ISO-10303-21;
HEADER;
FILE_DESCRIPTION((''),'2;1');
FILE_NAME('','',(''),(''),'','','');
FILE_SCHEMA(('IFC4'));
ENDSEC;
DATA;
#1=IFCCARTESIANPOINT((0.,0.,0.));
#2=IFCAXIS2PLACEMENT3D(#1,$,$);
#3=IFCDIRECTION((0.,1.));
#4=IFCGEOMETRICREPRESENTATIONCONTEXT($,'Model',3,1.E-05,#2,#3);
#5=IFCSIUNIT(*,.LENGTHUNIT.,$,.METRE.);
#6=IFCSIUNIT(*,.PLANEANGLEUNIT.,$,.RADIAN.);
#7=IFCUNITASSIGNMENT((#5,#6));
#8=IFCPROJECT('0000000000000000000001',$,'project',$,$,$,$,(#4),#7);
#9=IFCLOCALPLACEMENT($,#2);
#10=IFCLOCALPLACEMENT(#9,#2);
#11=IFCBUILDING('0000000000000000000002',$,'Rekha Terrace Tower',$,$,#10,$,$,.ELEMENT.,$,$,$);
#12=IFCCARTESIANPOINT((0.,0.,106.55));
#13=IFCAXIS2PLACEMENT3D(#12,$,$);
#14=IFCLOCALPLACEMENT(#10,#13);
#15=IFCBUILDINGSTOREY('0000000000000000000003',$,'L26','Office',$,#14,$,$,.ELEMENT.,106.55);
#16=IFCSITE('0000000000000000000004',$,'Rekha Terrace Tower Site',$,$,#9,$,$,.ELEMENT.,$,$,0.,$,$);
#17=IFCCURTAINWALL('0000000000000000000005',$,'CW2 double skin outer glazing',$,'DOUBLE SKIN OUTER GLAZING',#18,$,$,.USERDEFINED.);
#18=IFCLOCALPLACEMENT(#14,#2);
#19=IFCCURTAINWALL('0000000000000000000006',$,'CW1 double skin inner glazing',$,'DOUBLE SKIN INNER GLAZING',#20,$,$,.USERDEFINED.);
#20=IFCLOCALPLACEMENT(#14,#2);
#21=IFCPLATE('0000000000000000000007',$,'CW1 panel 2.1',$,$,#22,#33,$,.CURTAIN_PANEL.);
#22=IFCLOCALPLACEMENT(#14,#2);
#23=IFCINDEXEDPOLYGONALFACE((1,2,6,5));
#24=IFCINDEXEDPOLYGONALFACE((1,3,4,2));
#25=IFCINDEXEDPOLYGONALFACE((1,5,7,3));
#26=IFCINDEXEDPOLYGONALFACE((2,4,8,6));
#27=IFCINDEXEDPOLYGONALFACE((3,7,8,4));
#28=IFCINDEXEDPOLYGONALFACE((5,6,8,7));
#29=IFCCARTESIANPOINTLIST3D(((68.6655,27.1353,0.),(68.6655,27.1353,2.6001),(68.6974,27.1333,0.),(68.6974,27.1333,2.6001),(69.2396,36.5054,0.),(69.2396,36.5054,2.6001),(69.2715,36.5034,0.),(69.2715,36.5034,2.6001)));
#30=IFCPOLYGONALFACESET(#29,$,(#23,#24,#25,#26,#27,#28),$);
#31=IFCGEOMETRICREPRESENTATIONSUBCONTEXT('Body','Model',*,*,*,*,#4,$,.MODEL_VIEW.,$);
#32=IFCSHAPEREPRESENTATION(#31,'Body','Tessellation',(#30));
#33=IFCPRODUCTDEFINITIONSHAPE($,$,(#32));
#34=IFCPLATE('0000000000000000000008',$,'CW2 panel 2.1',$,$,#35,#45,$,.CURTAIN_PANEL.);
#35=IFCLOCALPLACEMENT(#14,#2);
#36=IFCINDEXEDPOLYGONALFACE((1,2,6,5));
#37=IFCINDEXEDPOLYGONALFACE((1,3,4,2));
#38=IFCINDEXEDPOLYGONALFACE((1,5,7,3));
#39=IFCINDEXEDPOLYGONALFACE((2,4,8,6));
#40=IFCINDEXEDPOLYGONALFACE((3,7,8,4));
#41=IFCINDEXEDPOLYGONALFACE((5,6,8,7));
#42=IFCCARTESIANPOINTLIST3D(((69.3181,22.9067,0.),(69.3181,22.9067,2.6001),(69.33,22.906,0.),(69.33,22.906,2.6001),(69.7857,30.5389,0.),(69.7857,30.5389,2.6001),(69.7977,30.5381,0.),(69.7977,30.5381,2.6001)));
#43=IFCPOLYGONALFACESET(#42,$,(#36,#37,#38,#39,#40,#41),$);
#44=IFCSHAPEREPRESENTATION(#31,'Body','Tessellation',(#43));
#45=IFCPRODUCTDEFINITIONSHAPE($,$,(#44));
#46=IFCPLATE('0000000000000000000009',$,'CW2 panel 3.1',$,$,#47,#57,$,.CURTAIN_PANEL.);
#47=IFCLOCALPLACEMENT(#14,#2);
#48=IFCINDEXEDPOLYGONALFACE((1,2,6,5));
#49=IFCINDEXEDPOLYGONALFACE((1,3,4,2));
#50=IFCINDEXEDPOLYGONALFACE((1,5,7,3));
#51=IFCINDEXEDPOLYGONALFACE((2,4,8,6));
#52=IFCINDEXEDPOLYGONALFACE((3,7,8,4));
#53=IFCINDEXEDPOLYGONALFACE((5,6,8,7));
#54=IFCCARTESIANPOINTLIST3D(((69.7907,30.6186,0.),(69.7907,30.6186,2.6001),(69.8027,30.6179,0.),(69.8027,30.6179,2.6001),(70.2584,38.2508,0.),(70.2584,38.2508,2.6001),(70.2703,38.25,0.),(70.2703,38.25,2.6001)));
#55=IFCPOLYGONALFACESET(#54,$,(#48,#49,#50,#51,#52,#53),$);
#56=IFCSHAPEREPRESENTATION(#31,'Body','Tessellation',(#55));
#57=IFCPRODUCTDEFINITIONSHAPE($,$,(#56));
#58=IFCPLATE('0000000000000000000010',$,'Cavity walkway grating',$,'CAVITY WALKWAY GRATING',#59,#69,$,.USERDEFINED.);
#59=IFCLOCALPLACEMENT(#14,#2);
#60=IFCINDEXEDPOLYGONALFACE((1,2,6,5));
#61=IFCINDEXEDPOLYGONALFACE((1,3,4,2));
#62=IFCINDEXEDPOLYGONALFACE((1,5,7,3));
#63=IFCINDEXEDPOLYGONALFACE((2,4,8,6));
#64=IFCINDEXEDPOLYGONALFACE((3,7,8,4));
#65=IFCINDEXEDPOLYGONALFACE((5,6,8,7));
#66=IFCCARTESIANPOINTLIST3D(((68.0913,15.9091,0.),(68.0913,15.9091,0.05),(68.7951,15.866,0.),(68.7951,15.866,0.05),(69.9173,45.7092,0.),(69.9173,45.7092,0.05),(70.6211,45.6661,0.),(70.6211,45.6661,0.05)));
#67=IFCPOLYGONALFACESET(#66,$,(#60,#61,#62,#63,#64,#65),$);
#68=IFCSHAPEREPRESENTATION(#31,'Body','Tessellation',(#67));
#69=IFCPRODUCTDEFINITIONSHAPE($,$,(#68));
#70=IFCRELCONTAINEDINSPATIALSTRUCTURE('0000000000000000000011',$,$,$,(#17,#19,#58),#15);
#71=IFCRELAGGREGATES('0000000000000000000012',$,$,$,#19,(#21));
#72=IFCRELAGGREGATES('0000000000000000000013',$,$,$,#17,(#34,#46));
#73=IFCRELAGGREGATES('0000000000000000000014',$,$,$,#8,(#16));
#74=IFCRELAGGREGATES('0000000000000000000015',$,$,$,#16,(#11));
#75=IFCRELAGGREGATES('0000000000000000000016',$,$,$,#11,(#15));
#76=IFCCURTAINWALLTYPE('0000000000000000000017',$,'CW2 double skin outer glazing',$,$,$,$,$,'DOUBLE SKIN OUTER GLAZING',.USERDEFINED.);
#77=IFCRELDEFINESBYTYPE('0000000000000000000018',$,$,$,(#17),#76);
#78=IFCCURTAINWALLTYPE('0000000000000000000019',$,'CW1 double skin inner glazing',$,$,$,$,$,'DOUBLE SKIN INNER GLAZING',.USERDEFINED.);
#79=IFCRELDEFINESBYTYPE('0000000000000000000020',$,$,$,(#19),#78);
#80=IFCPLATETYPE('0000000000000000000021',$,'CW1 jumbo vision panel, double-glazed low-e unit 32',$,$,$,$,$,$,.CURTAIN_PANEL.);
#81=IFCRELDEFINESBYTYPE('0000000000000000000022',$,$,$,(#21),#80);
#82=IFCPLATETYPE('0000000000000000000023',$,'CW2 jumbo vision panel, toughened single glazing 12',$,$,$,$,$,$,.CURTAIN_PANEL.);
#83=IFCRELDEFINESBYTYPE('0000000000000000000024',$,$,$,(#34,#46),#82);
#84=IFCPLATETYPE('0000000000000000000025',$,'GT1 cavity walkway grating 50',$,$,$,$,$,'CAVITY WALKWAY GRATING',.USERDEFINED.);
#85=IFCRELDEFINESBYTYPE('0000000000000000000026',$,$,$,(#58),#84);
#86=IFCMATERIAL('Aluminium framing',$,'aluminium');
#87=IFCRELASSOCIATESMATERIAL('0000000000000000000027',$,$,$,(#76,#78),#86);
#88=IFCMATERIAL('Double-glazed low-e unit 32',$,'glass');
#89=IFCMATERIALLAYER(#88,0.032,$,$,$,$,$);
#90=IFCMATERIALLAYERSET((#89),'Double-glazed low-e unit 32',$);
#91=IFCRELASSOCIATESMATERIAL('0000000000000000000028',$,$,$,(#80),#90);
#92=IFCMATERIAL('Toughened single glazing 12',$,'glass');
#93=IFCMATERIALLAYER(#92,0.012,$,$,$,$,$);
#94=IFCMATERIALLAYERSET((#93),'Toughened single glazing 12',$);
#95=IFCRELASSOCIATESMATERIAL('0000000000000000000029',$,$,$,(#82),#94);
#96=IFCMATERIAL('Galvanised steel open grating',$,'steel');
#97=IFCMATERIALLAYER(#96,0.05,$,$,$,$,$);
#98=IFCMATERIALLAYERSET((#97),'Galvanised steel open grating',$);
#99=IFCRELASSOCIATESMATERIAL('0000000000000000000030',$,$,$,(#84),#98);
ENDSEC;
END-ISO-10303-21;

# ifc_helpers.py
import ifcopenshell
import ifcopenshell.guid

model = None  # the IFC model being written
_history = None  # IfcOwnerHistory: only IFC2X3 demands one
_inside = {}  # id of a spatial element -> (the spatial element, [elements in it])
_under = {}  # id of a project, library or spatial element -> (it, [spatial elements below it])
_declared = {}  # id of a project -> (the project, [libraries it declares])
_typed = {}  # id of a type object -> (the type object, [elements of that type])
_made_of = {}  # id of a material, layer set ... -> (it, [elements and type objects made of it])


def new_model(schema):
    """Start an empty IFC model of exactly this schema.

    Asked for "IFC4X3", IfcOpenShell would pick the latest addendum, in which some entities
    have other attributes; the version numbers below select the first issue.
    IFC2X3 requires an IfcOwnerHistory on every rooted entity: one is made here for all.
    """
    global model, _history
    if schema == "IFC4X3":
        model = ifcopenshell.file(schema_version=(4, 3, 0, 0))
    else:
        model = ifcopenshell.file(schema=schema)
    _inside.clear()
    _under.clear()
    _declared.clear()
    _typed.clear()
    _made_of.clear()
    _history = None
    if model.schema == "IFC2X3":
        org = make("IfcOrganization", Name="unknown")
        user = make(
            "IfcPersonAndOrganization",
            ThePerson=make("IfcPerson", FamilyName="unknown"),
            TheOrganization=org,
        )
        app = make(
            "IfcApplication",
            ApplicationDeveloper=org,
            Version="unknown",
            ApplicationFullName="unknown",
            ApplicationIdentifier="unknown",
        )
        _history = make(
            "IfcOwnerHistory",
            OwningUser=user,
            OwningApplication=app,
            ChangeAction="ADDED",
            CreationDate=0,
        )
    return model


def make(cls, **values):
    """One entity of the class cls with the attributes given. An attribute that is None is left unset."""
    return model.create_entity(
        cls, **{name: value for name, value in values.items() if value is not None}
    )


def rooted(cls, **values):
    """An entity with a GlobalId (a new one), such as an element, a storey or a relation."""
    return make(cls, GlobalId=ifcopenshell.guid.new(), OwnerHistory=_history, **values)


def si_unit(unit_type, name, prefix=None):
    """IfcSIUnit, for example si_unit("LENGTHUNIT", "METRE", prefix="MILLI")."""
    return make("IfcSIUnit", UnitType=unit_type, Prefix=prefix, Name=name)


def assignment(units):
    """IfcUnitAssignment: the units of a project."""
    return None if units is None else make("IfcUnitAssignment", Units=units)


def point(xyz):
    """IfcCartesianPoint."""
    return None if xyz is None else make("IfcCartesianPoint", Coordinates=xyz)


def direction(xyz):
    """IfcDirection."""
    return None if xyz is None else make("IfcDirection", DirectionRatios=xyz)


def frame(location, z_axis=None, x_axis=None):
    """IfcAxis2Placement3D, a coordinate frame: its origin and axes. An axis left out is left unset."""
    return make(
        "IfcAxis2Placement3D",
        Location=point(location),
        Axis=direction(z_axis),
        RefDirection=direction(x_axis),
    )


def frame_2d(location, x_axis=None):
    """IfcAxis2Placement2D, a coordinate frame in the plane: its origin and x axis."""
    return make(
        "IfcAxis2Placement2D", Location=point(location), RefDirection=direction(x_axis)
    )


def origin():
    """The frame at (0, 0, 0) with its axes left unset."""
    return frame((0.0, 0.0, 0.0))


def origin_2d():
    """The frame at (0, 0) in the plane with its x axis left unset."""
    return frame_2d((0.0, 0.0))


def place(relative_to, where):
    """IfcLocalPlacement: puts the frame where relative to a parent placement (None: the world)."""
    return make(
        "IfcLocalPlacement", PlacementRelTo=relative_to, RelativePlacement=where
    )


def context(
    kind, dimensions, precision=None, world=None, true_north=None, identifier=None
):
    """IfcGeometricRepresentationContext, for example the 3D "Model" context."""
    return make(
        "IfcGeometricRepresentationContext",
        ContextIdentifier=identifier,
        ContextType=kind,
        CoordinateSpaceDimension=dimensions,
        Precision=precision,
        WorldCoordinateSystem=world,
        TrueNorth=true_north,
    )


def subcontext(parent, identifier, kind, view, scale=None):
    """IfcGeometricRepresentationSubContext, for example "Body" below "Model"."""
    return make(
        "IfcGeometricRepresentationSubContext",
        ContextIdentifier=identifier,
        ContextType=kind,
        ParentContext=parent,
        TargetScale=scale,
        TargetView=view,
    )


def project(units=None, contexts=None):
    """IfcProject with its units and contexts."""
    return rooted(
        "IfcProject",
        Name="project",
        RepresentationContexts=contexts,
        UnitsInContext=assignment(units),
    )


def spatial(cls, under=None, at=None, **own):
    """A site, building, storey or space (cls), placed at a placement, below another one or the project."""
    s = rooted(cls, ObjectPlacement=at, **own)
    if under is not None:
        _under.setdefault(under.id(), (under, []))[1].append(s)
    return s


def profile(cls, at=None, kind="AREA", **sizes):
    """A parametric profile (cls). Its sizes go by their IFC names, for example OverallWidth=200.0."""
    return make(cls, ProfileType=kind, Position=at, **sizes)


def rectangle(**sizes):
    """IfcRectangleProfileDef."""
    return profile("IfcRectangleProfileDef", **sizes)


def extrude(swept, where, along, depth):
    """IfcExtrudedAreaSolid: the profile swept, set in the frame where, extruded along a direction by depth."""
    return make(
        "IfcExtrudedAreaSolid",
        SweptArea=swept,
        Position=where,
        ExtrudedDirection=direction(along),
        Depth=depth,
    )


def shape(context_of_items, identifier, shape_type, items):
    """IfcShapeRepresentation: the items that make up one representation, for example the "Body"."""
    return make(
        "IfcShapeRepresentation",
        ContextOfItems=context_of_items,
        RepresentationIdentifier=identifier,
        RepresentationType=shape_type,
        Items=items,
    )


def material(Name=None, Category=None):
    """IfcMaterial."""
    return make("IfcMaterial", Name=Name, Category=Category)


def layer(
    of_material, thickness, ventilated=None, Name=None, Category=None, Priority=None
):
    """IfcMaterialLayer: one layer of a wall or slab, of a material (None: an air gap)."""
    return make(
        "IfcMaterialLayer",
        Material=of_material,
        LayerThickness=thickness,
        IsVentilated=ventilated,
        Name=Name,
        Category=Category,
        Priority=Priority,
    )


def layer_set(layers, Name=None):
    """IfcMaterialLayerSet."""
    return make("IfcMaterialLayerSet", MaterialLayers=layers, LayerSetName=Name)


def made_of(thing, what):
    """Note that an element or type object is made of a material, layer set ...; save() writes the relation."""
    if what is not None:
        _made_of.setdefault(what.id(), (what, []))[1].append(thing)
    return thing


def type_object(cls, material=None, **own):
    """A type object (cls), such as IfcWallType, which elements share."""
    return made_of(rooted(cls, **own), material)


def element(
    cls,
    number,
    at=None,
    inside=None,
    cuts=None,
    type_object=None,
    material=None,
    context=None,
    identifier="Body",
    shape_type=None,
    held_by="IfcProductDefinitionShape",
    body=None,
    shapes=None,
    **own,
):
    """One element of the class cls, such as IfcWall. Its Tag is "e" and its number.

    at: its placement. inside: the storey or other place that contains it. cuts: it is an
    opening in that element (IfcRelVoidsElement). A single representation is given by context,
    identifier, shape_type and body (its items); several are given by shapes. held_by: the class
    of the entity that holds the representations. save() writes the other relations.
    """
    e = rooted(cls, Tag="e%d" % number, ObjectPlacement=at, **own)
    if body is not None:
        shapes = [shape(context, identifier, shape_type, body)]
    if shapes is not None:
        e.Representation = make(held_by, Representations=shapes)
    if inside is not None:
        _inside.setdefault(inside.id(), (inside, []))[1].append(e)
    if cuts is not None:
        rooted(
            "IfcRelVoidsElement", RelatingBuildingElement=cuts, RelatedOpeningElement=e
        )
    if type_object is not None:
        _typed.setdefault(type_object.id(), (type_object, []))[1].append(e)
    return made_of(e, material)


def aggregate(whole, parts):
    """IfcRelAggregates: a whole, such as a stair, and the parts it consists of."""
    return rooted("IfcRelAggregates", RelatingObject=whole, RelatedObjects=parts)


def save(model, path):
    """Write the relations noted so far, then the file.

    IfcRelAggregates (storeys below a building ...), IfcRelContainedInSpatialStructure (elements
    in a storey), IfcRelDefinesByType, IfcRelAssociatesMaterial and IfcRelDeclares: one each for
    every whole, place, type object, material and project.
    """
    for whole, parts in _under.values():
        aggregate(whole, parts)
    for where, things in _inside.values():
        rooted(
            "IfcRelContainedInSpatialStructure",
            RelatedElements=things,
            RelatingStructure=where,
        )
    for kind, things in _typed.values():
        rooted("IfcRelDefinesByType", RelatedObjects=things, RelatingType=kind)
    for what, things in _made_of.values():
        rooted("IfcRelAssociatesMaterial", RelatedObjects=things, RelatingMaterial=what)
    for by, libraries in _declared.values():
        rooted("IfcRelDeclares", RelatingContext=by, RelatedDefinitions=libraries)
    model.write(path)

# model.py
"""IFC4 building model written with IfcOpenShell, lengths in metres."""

from ifc_helpers import new_model, si_unit, direction, frame, origin, origin_2d, place, context, subcontext, project, spatial, rectangle, extrude, material, layer, layer_set, type_object, element, aggregate, save


model = new_model("IFC4")

# Units and contexts
model_context = context("Model", 3, precision=1e-05, world=origin(), true_north=direction((0.0, 1.0)))
body_context = subcontext(model_context, "Body", "Model", "MODEL_VIEW")
ifc_project = project(units=[si_unit("LENGTHUNIT", "METRE"), si_unit("PLANEANGLEUNIT", "RADIAN")], contexts=[model_context])

# Site, building, storey
site_placement = place(None, origin())
site = spatial("IfcSite", under=ifc_project, at=site_placement, Name="Rekha Terrace Tower Site", CompositionType="ELEMENT", RefElevation=0.0)
building_placement = place(site_placement, origin())
building = spatial("IfcBuilding", under=site, at=building_placement, Name="Rekha Terrace Tower", CompositionType="ELEMENT")
storey_placement = place(building_placement, frame((0.0, 0.0, 106.55)))
storey = spatial("IfcBuildingStorey", under=building, at=storey_placement, Name="L26", Description="Office", CompositionType="ELEMENT", Elevation=106.55)

# Curtain walls
ifc_material_1 = material(Name="Aluminium framing", Category="aluminium")
curtain_wall_type_1 = type_object("IfcCurtainWallType", Name="CW2 double skin outer glazing", ElementType="DOUBLE SKIN OUTER GLAZING", PredefinedType="USERDEFINED", material=ifc_material_1)
curtain_wall_1_placement = place(storey_placement, origin())
curtain_wall_1 = element("IfcCurtainWall", 1, at=curtain_wall_1_placement, inside=storey, type_object=curtain_wall_type_1, Name="CW2 double skin outer glazing", ObjectType="DOUBLE SKIN OUTER GLAZING", PredefinedType="USERDEFINED")
curtain_wall_type_2 = type_object("IfcCurtainWallType", Name="CW1 double skin inner glazing", ElementType="DOUBLE SKIN INNER GLAZING", PredefinedType="USERDEFINED", material=ifc_material_1)
curtain_wall_2_placement = place(storey_placement, origin())
curtain_wall_2 = element("IfcCurtainWall", 2, at=curtain_wall_2_placement, inside=storey, type_object=curtain_wall_type_2, Name="CW1 double skin inner glazing", ObjectType="DOUBLE SKIN INNER GLAZING", PredefinedType="USERDEFINED")

# Plates
ifc_material_2 = material(Name="Double-glazed low-e unit 32", Category="glass")
ifc_layer_1 = layer(ifc_material_2, 0.032)
ifc_layer_set_1 = layer_set([ifc_layer_1], Name="Double-glazed low-e unit 32")
plate_type_1 = type_object("IfcPlateType", Name="CW1 jumbo vision panel, double-glazed low-e unit 32", PredefinedType="CURTAIN_PANEL", material=ifc_layer_set_1)
plate_1_placement = place(storey_placement, frame((68.9685, 31.8193, 0.0), z_axis=(0.0, 0.0, 1.0), x_axis=(0.06116, 0.998128, 0.0)))
plate_1 = element("IfcPlate", 3, at=plate_1_placement, type_object=plate_type_1, Name="CW1 panel 2.1", PredefinedType="CURTAIN_PANEL", context=body_context, shape_type="SweptSolid", body=[
    extrude(rectangle(XDim=9.3877, YDim=0.032, at=origin_2d()), origin(), (0.0, 0.0, 1.0), 2.6001),
])
aggregate(curtain_wall_2, [plate_1])
ifc_material_3 = material(Name="Toughened single glazing 12", Category="glass")
ifc_layer_2 = layer(ifc_material_3, 0.012)
ifc_layer_set_2 = layer_set([ifc_layer_2], Name="Toughened single glazing 12")
plate_type_2 = type_object("IfcPlateType", Name="CW2 jumbo vision panel, toughened single glazing 12", PredefinedType="CURTAIN_PANEL", material=ifc_layer_set_2)
plate_2_placement = place(storey_placement, frame((69.5579, 26.7224, 0.0), z_axis=(0.0, 0.0, 1.0), x_axis=(0.06116, 0.998128, 0.0)))
plate_2 = element("IfcPlate", 4, at=plate_2_placement, type_object=plate_type_2, Name="CW2 panel 2.1", PredefinedType="CURTAIN_PANEL", context=body_context, shape_type="SweptSolid", body=[
    extrude(rectangle(XDim=7.6465, YDim=0.012, at=origin_2d()), origin(), (0.0, 0.0, 1.0), 2.6001),
])
plate_3_placement = place(storey_placement, frame((70.0305, 34.4343, 0.0), z_axis=(0.0, 0.0, 1.0), x_axis=(0.06116, 0.998128, 0.0)))
plate_3 = element("IfcPlate", 5, at=plate_3_placement, type_object=plate_type_2, Name="CW2 panel 3.1", PredefinedType="CURTAIN_PANEL", context=body_context, shape_type="SweptSolid", body=[
    extrude(rectangle(XDim=7.6465, YDim=0.012, at=origin_2d()), origin(), (0.0, 0.0, 1.0), 2.6001),
])
aggregate(curtain_wall_1, [plate_2, plate_3])
ifc_material_4 = material(Name="Galvanised steel open grating", Category="steel")
ifc_layer_3 = layer(ifc_material_4, 0.05)
ifc_layer_set_3 = layer_set([ifc_layer_3], Name="Galvanised steel open grating")
plate_type_3 = type_object("IfcPlateType", Name="GT1 cavity walkway grating 50", ElementType="CAVITY WALKWAY GRATING", PredefinedType="USERDEFINED", material=ifc_layer_set_3)
plate_4_placement = place(storey_placement, frame((69.3562, 30.7876, 0.0), z_axis=(0.0, 0.0, 1.0), x_axis=(0.06116, 0.998128, 0.0)))
element("IfcPlate", 6, at=plate_4_placement, inside=storey, type_object=plate_type_3, Name="Cavity walkway grating", ObjectType="CAVITY WALKWAY GRATING", PredefinedType="USERDEFINED", context=body_context, shape_type="SweptSolid", body=[
    extrude(rectangle(XDim=29.856, YDim=0.7051, at=origin_2d()), origin(), (0.0, 0.0, 1.0), 0.05),
])

save(model, "model.ifc")
